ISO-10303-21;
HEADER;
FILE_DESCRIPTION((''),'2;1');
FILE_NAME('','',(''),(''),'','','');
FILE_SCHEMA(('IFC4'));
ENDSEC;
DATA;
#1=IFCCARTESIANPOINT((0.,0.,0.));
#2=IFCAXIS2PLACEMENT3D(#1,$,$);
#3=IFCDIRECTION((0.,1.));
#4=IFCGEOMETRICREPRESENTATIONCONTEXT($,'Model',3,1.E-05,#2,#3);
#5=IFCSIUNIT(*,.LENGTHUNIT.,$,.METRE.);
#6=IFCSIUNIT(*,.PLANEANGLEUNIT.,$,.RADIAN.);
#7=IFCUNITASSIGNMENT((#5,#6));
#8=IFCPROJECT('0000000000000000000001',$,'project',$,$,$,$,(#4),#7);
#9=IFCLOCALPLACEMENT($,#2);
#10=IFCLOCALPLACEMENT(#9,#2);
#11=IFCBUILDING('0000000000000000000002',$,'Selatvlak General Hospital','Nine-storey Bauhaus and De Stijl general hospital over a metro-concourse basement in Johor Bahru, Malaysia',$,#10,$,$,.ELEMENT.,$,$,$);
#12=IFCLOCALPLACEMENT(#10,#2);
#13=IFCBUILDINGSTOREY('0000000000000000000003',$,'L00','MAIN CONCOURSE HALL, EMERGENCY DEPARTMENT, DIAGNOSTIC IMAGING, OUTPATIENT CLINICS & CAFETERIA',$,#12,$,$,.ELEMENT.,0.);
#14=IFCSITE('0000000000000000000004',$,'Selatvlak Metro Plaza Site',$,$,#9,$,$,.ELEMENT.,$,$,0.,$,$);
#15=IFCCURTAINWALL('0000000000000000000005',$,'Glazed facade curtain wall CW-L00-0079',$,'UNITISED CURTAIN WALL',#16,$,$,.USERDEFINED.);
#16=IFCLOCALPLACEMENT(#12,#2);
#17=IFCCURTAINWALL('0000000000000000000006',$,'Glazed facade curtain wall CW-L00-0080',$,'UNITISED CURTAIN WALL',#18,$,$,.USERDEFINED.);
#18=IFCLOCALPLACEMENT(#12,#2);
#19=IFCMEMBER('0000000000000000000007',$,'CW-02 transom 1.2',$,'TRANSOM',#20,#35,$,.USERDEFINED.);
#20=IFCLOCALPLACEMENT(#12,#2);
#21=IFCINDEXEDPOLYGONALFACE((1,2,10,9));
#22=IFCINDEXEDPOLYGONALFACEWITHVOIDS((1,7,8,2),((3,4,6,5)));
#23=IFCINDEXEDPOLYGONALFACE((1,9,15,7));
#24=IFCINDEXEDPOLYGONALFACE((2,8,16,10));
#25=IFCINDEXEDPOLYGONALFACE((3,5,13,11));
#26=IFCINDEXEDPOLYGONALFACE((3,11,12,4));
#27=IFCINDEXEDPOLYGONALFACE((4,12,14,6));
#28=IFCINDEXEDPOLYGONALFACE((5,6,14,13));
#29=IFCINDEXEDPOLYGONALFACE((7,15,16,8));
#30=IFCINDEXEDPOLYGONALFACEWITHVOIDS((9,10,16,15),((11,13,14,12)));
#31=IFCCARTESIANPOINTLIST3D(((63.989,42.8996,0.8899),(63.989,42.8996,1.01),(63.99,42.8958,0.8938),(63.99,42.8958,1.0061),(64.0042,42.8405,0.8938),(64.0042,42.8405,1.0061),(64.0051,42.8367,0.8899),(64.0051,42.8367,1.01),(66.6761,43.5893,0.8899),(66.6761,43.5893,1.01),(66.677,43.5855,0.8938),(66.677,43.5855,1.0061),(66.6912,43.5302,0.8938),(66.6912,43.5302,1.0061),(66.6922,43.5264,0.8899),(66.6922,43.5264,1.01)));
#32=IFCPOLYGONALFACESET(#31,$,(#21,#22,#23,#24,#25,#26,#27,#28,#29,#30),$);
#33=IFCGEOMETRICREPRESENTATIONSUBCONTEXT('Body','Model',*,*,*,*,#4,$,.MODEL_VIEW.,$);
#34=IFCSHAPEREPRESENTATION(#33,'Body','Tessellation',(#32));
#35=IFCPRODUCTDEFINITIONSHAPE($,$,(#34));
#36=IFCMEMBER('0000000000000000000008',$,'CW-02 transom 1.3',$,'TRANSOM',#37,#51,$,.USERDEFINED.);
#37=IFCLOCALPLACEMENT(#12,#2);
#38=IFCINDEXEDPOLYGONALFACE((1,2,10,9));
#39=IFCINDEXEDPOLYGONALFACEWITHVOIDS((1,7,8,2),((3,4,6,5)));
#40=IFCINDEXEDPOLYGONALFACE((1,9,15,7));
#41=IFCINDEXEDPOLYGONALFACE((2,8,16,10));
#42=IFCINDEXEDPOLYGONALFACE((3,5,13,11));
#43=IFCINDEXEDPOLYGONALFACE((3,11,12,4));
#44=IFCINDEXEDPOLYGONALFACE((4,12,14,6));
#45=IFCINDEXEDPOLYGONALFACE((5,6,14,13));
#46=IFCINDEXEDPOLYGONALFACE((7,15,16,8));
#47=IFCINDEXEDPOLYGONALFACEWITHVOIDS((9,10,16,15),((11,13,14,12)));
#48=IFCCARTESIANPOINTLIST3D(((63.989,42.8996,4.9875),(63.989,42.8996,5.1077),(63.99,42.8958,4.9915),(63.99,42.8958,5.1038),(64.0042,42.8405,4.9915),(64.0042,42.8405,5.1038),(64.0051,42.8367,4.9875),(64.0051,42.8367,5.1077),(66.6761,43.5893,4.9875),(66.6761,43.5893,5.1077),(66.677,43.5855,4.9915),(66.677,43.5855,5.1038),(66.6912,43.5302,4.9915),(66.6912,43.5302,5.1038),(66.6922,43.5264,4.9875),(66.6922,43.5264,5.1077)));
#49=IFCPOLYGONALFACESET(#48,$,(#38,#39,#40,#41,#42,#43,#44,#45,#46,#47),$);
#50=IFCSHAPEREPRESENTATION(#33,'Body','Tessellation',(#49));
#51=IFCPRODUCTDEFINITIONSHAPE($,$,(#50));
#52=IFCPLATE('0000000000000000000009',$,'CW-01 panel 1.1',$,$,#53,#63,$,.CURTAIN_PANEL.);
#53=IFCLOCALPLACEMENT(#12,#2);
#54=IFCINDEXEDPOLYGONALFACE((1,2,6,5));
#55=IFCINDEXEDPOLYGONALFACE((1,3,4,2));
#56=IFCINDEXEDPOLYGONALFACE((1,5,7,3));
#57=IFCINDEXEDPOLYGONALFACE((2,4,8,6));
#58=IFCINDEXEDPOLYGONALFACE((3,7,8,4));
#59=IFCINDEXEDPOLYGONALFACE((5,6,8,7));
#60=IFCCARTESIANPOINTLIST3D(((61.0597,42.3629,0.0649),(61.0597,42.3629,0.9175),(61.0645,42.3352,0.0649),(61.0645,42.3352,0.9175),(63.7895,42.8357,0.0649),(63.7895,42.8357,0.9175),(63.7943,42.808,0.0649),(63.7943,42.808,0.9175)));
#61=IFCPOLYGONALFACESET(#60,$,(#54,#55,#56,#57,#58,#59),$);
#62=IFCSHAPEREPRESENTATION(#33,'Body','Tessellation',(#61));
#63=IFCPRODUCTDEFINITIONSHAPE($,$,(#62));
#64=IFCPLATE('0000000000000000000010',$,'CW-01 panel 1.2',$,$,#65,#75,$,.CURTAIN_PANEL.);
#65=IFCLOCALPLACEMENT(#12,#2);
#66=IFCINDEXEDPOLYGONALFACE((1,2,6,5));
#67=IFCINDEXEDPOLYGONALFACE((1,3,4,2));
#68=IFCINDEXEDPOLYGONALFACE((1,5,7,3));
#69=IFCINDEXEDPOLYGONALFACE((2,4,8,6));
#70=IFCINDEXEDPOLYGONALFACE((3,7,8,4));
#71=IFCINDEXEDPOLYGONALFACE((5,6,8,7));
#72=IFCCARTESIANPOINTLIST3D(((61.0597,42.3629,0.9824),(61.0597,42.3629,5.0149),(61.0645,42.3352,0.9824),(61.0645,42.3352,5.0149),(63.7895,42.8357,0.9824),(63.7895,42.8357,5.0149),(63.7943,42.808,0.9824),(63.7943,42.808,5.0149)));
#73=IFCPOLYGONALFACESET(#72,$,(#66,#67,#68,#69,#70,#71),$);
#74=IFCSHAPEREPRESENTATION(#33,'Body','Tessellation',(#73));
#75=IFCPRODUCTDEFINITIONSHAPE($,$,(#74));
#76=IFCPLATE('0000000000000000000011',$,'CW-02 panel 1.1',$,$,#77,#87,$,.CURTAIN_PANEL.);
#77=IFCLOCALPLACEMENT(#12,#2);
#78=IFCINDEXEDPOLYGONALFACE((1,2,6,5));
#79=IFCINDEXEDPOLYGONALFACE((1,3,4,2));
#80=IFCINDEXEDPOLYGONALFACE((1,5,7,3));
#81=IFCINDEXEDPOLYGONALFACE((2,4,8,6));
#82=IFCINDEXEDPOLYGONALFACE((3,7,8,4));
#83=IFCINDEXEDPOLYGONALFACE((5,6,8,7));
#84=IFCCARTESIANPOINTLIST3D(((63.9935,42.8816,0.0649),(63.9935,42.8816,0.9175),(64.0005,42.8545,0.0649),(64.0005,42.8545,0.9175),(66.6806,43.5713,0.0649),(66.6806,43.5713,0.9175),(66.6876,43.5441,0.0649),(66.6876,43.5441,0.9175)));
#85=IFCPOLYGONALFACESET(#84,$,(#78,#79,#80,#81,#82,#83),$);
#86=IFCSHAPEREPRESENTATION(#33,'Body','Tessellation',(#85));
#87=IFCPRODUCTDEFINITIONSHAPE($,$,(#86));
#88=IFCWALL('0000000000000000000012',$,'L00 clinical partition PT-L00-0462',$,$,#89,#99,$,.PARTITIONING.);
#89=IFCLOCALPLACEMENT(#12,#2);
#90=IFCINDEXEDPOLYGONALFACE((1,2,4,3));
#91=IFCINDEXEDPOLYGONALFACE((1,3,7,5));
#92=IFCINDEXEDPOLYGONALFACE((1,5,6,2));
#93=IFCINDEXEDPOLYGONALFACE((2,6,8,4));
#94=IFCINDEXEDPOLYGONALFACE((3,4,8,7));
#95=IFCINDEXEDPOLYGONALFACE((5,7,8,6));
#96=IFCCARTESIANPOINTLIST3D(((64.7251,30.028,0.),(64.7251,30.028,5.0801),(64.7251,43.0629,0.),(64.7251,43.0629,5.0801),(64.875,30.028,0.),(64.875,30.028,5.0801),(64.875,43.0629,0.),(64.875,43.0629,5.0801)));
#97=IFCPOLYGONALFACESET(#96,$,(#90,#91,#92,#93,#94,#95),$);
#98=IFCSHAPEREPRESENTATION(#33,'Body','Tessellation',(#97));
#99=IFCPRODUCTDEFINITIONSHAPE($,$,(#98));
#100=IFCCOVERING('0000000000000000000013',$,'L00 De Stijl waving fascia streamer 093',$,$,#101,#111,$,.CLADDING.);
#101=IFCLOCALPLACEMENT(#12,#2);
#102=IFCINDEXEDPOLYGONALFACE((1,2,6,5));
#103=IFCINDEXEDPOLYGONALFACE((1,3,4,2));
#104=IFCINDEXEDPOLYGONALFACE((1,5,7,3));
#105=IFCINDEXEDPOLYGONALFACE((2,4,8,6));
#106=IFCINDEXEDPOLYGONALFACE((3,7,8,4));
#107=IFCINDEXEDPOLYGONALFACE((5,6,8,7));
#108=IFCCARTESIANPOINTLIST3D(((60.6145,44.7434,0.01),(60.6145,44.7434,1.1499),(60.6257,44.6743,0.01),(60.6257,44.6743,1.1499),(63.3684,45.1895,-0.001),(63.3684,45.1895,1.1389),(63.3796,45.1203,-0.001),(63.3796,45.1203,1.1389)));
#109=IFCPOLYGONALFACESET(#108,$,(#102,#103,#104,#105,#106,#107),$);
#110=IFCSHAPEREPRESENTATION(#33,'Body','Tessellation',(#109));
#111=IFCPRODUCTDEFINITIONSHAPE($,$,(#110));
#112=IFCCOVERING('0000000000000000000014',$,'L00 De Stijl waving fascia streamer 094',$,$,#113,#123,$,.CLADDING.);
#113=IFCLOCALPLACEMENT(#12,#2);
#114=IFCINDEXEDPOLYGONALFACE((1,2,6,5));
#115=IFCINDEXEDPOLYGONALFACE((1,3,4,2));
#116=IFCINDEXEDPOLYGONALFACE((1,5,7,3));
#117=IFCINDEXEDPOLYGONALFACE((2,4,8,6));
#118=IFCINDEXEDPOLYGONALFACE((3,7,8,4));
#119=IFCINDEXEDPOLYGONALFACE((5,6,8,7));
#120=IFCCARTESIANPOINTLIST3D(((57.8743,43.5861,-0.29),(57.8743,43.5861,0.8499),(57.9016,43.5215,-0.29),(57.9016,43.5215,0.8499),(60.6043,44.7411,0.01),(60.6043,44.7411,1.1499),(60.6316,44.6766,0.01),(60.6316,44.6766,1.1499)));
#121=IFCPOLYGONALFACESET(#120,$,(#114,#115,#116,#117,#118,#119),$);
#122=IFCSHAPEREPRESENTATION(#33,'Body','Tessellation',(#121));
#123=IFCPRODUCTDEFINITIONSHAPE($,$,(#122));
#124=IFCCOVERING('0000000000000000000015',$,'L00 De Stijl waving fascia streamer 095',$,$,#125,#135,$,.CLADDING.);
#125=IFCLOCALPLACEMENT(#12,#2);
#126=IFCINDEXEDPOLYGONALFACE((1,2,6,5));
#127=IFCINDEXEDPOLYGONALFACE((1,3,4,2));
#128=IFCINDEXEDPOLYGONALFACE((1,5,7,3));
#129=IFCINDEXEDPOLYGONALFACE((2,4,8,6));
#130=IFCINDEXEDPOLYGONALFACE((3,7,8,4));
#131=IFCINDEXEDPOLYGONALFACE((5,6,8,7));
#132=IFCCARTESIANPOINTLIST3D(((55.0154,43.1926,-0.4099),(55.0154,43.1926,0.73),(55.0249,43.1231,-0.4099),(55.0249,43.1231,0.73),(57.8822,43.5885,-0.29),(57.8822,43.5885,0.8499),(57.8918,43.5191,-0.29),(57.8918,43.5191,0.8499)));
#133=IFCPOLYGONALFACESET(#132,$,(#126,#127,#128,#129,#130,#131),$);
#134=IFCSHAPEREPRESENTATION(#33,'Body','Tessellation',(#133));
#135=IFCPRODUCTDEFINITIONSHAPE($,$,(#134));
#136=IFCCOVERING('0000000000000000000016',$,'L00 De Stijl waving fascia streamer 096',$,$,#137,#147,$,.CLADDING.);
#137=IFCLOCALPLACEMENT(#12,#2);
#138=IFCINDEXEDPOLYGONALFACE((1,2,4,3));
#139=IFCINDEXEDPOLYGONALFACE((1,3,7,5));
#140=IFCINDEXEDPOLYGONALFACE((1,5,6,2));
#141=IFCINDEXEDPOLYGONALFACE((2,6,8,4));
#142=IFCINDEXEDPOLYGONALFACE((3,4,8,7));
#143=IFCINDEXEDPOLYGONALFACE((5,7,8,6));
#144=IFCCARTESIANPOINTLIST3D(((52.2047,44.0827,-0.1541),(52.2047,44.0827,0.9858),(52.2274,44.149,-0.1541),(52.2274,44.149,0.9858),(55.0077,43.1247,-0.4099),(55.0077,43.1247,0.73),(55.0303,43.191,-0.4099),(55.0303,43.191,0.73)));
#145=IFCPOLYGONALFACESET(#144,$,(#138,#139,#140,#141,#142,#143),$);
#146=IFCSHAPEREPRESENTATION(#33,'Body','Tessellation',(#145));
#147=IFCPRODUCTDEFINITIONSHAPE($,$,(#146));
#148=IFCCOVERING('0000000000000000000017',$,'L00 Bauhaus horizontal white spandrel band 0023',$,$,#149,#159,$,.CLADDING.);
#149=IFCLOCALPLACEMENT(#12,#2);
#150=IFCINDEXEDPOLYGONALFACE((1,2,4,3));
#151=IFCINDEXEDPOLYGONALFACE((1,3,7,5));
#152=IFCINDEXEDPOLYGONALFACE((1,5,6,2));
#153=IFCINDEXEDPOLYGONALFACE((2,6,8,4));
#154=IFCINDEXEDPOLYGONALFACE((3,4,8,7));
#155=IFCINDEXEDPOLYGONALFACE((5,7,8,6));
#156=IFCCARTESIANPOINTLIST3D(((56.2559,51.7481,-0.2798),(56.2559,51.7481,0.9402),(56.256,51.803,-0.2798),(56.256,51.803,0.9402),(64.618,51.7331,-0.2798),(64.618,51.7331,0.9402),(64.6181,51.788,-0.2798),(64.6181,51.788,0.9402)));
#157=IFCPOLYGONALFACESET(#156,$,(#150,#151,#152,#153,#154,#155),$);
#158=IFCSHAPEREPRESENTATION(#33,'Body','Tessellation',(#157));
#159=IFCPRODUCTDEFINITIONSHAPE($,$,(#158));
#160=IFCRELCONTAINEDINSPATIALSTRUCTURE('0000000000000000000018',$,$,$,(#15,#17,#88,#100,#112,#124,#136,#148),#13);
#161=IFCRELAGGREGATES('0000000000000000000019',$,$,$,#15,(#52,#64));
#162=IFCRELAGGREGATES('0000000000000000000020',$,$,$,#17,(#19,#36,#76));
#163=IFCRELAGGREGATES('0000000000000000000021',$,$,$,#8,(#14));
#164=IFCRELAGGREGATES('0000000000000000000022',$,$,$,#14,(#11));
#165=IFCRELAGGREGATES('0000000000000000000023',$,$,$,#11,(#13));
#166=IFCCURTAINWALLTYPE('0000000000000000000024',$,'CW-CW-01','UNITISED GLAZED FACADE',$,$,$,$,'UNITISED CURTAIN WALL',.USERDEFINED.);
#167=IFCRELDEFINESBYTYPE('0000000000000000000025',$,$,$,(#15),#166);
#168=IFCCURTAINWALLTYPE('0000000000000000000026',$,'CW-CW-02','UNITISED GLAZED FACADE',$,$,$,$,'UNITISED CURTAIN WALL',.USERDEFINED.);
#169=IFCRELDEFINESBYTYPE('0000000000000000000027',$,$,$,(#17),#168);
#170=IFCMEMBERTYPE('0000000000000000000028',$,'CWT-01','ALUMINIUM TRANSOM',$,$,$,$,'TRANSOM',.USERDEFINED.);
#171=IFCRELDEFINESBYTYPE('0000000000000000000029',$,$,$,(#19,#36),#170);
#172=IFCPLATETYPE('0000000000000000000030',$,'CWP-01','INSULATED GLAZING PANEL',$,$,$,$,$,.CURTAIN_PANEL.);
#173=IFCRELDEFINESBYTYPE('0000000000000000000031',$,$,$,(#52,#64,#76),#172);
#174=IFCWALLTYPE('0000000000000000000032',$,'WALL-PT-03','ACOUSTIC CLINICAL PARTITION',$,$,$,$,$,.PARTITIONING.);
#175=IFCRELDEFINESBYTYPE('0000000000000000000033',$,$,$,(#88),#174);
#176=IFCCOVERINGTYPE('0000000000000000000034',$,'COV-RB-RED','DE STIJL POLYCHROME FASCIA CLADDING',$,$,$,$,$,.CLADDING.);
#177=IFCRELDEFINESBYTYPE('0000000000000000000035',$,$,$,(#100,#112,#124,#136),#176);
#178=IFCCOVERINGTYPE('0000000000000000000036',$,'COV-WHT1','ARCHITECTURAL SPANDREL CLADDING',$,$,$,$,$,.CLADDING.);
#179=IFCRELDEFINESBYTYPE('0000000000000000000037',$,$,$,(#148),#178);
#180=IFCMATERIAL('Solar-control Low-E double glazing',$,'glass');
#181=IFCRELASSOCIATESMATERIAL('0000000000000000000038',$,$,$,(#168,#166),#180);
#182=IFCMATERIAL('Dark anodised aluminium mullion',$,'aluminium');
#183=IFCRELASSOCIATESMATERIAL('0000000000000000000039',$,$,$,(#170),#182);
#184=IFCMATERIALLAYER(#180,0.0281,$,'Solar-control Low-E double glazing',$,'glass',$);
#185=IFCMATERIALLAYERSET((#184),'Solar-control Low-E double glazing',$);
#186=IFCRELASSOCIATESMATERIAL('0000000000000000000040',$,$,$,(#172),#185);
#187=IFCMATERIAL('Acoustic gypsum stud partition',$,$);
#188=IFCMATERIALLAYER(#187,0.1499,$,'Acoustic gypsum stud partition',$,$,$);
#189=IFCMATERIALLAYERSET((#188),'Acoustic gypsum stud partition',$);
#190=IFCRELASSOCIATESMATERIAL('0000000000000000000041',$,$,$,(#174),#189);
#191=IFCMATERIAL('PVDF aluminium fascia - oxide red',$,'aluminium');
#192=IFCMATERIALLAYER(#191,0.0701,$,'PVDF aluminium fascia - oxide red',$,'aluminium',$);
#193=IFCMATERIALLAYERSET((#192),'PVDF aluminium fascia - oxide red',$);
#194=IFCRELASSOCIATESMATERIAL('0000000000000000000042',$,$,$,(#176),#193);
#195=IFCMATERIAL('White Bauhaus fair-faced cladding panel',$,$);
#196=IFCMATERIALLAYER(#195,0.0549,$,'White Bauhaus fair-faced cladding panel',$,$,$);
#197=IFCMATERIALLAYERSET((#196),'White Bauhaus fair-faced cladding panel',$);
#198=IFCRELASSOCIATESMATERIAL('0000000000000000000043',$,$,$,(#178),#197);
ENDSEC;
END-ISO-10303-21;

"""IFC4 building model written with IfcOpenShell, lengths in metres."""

from ifc_helpers import new_model, si_unit, direction, frame, frame_2d, origin, origin_2d, place, context, subcontext, project, spatial, polyline, rectangle, hollow_rectangle, outline, extrude, material, layer, layer_set, material_profile, profile_set, type_object, element, aggregate, save


model = new_model("IFC4")

# Units and contexts
model_context = context("Model", 3, precision=1e-05, world=origin(), true_north=direction((0.0, 1.0)))
body_context = subcontext(model_context, "Body", "Model", "MODEL_VIEW")
ifc_project = project(units=[si_unit("LENGTHUNIT", "METRE"), si_unit("PLANEANGLEUNIT", "RADIAN")], contexts=[model_context])

# Site, building, storey
site_placement = place(None, origin())
site = spatial("IfcSite", under=ifc_project, at=site_placement, Name="Selatvlak Metro Plaza Site", CompositionType="ELEMENT", RefElevation=0.0)
building_placement = place(site_placement, origin())
building = spatial("IfcBuilding", under=site, at=building_placement, Name="Selatvlak General Hospital", Description="Nine-storey Bauhaus and De Stijl general hospital over a metro-concourse basement in Johor Bahru, Malaysia", CompositionType="ELEMENT")
storey_placement = place(building_placement, origin())
storey = spatial("IfcBuildingStorey", under=building, at=storey_placement, Name="L00", Description="MAIN CONCOURSE HALL, EMERGENCY DEPARTMENT, DIAGNOSTIC IMAGING, OUTPATIENT CLINICS & CAFETERIA", CompositionType="ELEMENT", Elevation=0.0)

# Shared definitions
ifc_material_1 = material(Name="Solar-control Low-E double glazing", Category="glass")
curtain_wall_type_1 = type_object("IfcCurtainWallType", Name="CW-CW-02", Description="UNITISED GLAZED FACADE", ElementType="UNITISED CURTAIN WALL", PredefinedType="USERDEFINED", material=ifc_material_1)
ifc_material_2 = material(Name="Dark anodised aluminium mullion", Category="aluminium")

# Curtain wall
curtain_wall_type_2 = type_object("IfcCurtainWallType", Name="CW-CW-01", Description="UNITISED GLAZED FACADE", ElementType="UNITISED CURTAIN WALL", PredefinedType="USERDEFINED", material=ifc_material_1)
curtain_wall_1_placement = place(storey_placement, origin())
curtain_wall_1 = element("IfcCurtainWall", 1, at=curtain_wall_1_placement, inside=storey, type_object=curtain_wall_type_2, Name="Glazed facade curtain wall CW-L00-0079", ObjectType="UNITISED CURTAIN WALL", PredefinedType="USERDEFINED")

# Curtain wall
curtain_wall_2_placement = place(storey_placement, origin())
curtain_wall_2 = element("IfcCurtainWall", 2, at=curtain_wall_2_placement, inside=storey, type_object=curtain_wall_type_1, Name="Glazed facade curtain wall CW-L00-0080", ObjectType="UNITISED CURTAIN WALL", PredefinedType="USERDEFINED")

# Members
ifc_material_profile_1 = material_profile(ifc_material_2, hollow_rectangle(XDim=0.0649, YDim=0.1201, WallThickness=0.0039, at=origin_2d()), Name="AL-TRN 65x120x4")
ifc_profile_set_1 = profile_set([ifc_material_profile_1], Name="Dark anodised aluminium mullion")
member_type_1 = type_object("IfcMemberType", Name="CWT-01", Description="ALUMINIUM TRANSOM", ElementType="TRANSOM", PredefinedType="USERDEFINED", material=ifc_profile_set_1)
member_1_placement = place(storey_placement, frame((63.9971, 42.8682, 0.95), z_axis=(0.968601, 0.248619, 0.0), x_axis=(-0.248619, 0.968601, 0.0)))
member_1 = element("IfcMember", 3, at=member_1_placement, type_object=member_type_1, Name="CW-02 transom 1.2", ObjectType="TRANSOM", PredefinedType="USERDEFINED", context=body_context, shape_type="SweptSolid", body=[
    extrude(hollow_rectangle(XDim=0.0649, YDim=0.1201, WallThickness=0.0039, at=origin_2d()), origin(), (0.0, 0.0, 1.0), 2.7742),
])
member_2_placement = place(storey_placement, frame((63.9971, 42.8682, 5.0476), z_axis=(0.968601, 0.248619, 0.0), x_axis=(-0.248619, 0.968601, 0.0)))
member_2 = element("IfcMember", 4, at=member_2_placement, type_object=member_type_1, Name="CW-02 transom 1.3", ObjectType="TRANSOM", PredefinedType="USERDEFINED", context=body_context, shape_type="SweptSolid", body=[
    extrude(hollow_rectangle(XDim=0.0649, YDim=0.1201, WallThickness=0.0039, at=origin_2d()), origin(), (0.0, 0.0, 1.0), 2.7742),
])

# Plates
ifc_layer_1 = layer(ifc_material_1, 0.0281, Name="Solar-control Low-E double glazing", Category="glass")
ifc_layer_set_1 = layer_set([ifc_layer_1], Name="Solar-control Low-E double glazing")
plate_type = type_object("IfcPlateType", Name="CWP-01", Description="INSULATED GLAZING PANEL", PredefinedType="CURTAIN_PANEL", material=ifc_layer_set_1)
plate_1_placement = place(storey_placement, frame((62.427, 42.5854, 0.0649), z_axis=(0.0, 0.0, 1.0), x_axis=(0.98533, 0.170657, 0.0)))
plate_1 = element("IfcPlate", 5, at=plate_1_placement, type_object=plate_type, Name="CW-01 panel 1.1", PredefinedType="CURTAIN_PANEL", context=body_context, shape_type="SweptSolid", body=[
    extrude(rectangle(XDim=2.7705, YDim=0.0281, at=origin_2d()), origin(), (0.0, 0.0, 1.0), 0.8525),
])
plate_2_placement = place(storey_placement, frame((62.427, 42.5854, 0.9824), z_axis=(0.0, 0.0, 1.0), x_axis=(0.98533, 0.170657, 0.0)))
plate_2 = element("IfcPlate", 6, at=plate_2_placement, type_object=plate_type, Name="CW-01 panel 1.2", PredefinedType="CURTAIN_PANEL", context=body_context, shape_type="SweptSolid", body=[
    extrude(rectangle(XDim=2.7705, YDim=0.0281, at=origin_2d()), origin(), (0.0, 0.0, 1.0), 4.0325),
])
aggregate(curtain_wall_1, [plate_1, plate_2])
plate_3_placement = place(storey_placement, frame((65.3406, 43.2129, 0.0649), z_axis=(0.0, 0.0, 1.0), x_axis=(0.968604, 0.248607, 0.0)))
plate_3 = element("IfcPlate", 7, at=plate_3_placement, type_object=plate_type, Name="CW-02 panel 1.1", PredefinedType="CURTAIN_PANEL", context=body_context, shape_type="SweptSolid", body=[
    extrude(rectangle(XDim=2.7742, YDim=0.0281, at=origin_2d()), origin(), (0.0, 0.0, 1.0), 0.8525),
])
aggregate(curtain_wall_2, [member_1, member_2, plate_3])

# Wall
ifc_material_3 = material(Name="Acoustic gypsum stud partition")
ifc_layer_2 = layer(ifc_material_3, 0.1499, Name="Acoustic gypsum stud partition")
ifc_layer_set_2 = layer_set([ifc_layer_2], Name="Acoustic gypsum stud partition")
wall_type = type_object("IfcWallType", Name="WALL-PT-03", Description="ACOUSTIC CLINICAL PARTITION", PredefinedType="PARTITIONING", material=ifc_layer_set_2)
wall_placement = place(storey_placement, frame((64.8, 43.063, 0.0), z_axis=(0.0, 0.0, 1.0), x_axis=(0.0, -1.0, 0.0)))
element("IfcWall", 8, at=wall_placement, inside=storey, type_object=wall_type, Name="L00 clinical partition PT-L00-0462", PredefinedType="PARTITIONING", context=body_context, shape_type="SweptSolid", body=[
    extrude(rectangle(XDim=13.0349, YDim=0.1499, at=frame_2d((6.5176, 0.0))), origin(), (0.0, 0.0, 1.0), 5.0801),
])

# Coverings
ifc_material_4 = material(Name="PVDF aluminium fascia - oxide red", Category="aluminium")
ifc_layer_3 = layer(ifc_material_4, 0.0701, Name="PVDF aluminium fascia - oxide red", Category="aluminium")
ifc_layer_set_3 = layer_set([ifc_layer_3], Name="PVDF aluminium fascia - oxide red")
covering_type_1 = type_object("IfcCoveringType", Name="COV-RB-RED", Description="DE STIJL POLYCHROME FASCIA CLADDING", PredefinedType="CLADDING", material=ifc_layer_set_3)
covering_1_placement = place(storey_placement, frame((63.374, 45.155, -0.001), z_axis=(0.0, 0.0, 1.0), x_axis=(-0.987136, -0.159884, 0.0)))
element("IfcCovering", 9, at=covering_1_placement, inside=storey, type_object=covering_type_1, Name="L00 De Stijl waving fascia streamer 093", PredefinedType="CLADDING", context=body_context, shape_type="SweptSolid", body=[
    extrude(outline(polyline([(0.0, 0.0), (2.7898, 0.011), (2.7898, 1.1509), (0.0, 1.1399), (0.0, 0.0)])), frame((0.0, 0.0352, 0.0), z_axis=(0.0, -1.0, 0.0), x_axis=(1.0, 0.0, 0.0)), (0.0, 0.0, 1.0), 0.0701),
])
covering_2_placement = place(storey_placement, frame((60.6179, 44.709, 0.01), z_axis=(0.0, 0.0, 1.0), x_axis=(-0.920963, -0.389651, 0.0)))
element("IfcCovering", 10, at=covering_2_placement, inside=storey, type_object=covering_type_1, Name="L00 De Stijl waving fascia streamer 094", PredefinedType="CLADDING", context=body_context, shape_type="SweptSolid", body=[
    extrude(outline(polyline([(0.0, 0.0), (2.9644, -0.3), (2.9644, 0.8398), (0.0, 1.1399), (0.0, 0.0)])), frame((0.0, 0.0352, 0.0), z_axis=(0.0, -1.0, 0.0), x_axis=(1.0, 0.0, 0.0)), (0.0, 0.0, 1.0), 0.0701),
])
covering_3_placement = place(storey_placement, frame((57.887, 43.554, -0.29), z_axis=(0.0, 0.0, 1.0), x_axis=(-0.990595, -0.136826, 0.0)))
element("IfcCovering", 11, at=covering_3_placement, inside=storey, type_object=covering_type_1, Name="L00 De Stijl waving fascia streamer 095", PredefinedType="CLADDING", context=body_context, shape_type="SweptSolid", body=[
    extrude(outline(polyline([(0.0, 0.0), (2.894, -0.1199), (2.894, 1.02), (0.0, 1.1399), (0.0, 0.0)])), frame((0.0, 0.0352, 0.0), z_axis=(0.0, -1.0, 0.0), x_axis=(1.0, 0.0, 0.0)), (0.0, 0.0, 1.0), 0.0701),
])
covering_4_placement = place(storey_placement, frame((55.019, 43.158, -0.4099), z_axis=(0.0, 0.0, 1.0), x_axis=(-0.946258, 0.323414, 0.0)))
element("IfcCovering", 12, at=covering_4_placement, inside=storey, type_object=covering_type_1, Name="L00 De Stijl waving fascia streamer 096", PredefinedType="CLADDING", context=body_context, shape_type="SweptSolid", body=[
    extrude(outline(polyline([(0.0, 0.0), (2.9622, 0.2559), (2.9622, 1.3958), (0.0, 1.1399), (0.0, 0.0)])), frame((0.0, 0.0352, 0.0), z_axis=(0.0, -1.0, 0.0), x_axis=(1.0, 0.0, 0.0)), (0.0, 0.0, 1.0), 0.0701),
])
ifc_material_5 = material(Name="White Bauhaus fair-faced cladding panel")
ifc_layer_4 = layer(ifc_material_5, 0.0549, Name="White Bauhaus fair-faced cladding panel")
ifc_layer_set_4 = layer_set([ifc_layer_4], Name="White Bauhaus fair-faced cladding panel")
covering_type_2 = type_object("IfcCoveringType", Name="COV-WHT1", Description="ARCHITECTURAL SPANDREL CLADDING", PredefinedType="CLADDING", material=ifc_layer_set_4)
covering_5_placement = place(storey_placement, frame((60.437, 51.7681, -0.2798), z_axis=(0.0, 0.0, 1.0), x_axis=(-0.999998, 0.001798, 0.0)))
element("IfcCovering", 13, at=covering_5_placement, inside=storey, type_object=covering_type_2, Name="L00 Bauhaus horizontal white spandrel band 0023", PredefinedType="CLADDING", context=body_context, shape_type="SweptSolid", body=[
    extrude(rectangle(XDim=8.3621, YDim=0.0549, at=origin_2d()), origin(), (0.0, 0.0, 1.0), 1.22),
])

save(model, "model.ifc")
